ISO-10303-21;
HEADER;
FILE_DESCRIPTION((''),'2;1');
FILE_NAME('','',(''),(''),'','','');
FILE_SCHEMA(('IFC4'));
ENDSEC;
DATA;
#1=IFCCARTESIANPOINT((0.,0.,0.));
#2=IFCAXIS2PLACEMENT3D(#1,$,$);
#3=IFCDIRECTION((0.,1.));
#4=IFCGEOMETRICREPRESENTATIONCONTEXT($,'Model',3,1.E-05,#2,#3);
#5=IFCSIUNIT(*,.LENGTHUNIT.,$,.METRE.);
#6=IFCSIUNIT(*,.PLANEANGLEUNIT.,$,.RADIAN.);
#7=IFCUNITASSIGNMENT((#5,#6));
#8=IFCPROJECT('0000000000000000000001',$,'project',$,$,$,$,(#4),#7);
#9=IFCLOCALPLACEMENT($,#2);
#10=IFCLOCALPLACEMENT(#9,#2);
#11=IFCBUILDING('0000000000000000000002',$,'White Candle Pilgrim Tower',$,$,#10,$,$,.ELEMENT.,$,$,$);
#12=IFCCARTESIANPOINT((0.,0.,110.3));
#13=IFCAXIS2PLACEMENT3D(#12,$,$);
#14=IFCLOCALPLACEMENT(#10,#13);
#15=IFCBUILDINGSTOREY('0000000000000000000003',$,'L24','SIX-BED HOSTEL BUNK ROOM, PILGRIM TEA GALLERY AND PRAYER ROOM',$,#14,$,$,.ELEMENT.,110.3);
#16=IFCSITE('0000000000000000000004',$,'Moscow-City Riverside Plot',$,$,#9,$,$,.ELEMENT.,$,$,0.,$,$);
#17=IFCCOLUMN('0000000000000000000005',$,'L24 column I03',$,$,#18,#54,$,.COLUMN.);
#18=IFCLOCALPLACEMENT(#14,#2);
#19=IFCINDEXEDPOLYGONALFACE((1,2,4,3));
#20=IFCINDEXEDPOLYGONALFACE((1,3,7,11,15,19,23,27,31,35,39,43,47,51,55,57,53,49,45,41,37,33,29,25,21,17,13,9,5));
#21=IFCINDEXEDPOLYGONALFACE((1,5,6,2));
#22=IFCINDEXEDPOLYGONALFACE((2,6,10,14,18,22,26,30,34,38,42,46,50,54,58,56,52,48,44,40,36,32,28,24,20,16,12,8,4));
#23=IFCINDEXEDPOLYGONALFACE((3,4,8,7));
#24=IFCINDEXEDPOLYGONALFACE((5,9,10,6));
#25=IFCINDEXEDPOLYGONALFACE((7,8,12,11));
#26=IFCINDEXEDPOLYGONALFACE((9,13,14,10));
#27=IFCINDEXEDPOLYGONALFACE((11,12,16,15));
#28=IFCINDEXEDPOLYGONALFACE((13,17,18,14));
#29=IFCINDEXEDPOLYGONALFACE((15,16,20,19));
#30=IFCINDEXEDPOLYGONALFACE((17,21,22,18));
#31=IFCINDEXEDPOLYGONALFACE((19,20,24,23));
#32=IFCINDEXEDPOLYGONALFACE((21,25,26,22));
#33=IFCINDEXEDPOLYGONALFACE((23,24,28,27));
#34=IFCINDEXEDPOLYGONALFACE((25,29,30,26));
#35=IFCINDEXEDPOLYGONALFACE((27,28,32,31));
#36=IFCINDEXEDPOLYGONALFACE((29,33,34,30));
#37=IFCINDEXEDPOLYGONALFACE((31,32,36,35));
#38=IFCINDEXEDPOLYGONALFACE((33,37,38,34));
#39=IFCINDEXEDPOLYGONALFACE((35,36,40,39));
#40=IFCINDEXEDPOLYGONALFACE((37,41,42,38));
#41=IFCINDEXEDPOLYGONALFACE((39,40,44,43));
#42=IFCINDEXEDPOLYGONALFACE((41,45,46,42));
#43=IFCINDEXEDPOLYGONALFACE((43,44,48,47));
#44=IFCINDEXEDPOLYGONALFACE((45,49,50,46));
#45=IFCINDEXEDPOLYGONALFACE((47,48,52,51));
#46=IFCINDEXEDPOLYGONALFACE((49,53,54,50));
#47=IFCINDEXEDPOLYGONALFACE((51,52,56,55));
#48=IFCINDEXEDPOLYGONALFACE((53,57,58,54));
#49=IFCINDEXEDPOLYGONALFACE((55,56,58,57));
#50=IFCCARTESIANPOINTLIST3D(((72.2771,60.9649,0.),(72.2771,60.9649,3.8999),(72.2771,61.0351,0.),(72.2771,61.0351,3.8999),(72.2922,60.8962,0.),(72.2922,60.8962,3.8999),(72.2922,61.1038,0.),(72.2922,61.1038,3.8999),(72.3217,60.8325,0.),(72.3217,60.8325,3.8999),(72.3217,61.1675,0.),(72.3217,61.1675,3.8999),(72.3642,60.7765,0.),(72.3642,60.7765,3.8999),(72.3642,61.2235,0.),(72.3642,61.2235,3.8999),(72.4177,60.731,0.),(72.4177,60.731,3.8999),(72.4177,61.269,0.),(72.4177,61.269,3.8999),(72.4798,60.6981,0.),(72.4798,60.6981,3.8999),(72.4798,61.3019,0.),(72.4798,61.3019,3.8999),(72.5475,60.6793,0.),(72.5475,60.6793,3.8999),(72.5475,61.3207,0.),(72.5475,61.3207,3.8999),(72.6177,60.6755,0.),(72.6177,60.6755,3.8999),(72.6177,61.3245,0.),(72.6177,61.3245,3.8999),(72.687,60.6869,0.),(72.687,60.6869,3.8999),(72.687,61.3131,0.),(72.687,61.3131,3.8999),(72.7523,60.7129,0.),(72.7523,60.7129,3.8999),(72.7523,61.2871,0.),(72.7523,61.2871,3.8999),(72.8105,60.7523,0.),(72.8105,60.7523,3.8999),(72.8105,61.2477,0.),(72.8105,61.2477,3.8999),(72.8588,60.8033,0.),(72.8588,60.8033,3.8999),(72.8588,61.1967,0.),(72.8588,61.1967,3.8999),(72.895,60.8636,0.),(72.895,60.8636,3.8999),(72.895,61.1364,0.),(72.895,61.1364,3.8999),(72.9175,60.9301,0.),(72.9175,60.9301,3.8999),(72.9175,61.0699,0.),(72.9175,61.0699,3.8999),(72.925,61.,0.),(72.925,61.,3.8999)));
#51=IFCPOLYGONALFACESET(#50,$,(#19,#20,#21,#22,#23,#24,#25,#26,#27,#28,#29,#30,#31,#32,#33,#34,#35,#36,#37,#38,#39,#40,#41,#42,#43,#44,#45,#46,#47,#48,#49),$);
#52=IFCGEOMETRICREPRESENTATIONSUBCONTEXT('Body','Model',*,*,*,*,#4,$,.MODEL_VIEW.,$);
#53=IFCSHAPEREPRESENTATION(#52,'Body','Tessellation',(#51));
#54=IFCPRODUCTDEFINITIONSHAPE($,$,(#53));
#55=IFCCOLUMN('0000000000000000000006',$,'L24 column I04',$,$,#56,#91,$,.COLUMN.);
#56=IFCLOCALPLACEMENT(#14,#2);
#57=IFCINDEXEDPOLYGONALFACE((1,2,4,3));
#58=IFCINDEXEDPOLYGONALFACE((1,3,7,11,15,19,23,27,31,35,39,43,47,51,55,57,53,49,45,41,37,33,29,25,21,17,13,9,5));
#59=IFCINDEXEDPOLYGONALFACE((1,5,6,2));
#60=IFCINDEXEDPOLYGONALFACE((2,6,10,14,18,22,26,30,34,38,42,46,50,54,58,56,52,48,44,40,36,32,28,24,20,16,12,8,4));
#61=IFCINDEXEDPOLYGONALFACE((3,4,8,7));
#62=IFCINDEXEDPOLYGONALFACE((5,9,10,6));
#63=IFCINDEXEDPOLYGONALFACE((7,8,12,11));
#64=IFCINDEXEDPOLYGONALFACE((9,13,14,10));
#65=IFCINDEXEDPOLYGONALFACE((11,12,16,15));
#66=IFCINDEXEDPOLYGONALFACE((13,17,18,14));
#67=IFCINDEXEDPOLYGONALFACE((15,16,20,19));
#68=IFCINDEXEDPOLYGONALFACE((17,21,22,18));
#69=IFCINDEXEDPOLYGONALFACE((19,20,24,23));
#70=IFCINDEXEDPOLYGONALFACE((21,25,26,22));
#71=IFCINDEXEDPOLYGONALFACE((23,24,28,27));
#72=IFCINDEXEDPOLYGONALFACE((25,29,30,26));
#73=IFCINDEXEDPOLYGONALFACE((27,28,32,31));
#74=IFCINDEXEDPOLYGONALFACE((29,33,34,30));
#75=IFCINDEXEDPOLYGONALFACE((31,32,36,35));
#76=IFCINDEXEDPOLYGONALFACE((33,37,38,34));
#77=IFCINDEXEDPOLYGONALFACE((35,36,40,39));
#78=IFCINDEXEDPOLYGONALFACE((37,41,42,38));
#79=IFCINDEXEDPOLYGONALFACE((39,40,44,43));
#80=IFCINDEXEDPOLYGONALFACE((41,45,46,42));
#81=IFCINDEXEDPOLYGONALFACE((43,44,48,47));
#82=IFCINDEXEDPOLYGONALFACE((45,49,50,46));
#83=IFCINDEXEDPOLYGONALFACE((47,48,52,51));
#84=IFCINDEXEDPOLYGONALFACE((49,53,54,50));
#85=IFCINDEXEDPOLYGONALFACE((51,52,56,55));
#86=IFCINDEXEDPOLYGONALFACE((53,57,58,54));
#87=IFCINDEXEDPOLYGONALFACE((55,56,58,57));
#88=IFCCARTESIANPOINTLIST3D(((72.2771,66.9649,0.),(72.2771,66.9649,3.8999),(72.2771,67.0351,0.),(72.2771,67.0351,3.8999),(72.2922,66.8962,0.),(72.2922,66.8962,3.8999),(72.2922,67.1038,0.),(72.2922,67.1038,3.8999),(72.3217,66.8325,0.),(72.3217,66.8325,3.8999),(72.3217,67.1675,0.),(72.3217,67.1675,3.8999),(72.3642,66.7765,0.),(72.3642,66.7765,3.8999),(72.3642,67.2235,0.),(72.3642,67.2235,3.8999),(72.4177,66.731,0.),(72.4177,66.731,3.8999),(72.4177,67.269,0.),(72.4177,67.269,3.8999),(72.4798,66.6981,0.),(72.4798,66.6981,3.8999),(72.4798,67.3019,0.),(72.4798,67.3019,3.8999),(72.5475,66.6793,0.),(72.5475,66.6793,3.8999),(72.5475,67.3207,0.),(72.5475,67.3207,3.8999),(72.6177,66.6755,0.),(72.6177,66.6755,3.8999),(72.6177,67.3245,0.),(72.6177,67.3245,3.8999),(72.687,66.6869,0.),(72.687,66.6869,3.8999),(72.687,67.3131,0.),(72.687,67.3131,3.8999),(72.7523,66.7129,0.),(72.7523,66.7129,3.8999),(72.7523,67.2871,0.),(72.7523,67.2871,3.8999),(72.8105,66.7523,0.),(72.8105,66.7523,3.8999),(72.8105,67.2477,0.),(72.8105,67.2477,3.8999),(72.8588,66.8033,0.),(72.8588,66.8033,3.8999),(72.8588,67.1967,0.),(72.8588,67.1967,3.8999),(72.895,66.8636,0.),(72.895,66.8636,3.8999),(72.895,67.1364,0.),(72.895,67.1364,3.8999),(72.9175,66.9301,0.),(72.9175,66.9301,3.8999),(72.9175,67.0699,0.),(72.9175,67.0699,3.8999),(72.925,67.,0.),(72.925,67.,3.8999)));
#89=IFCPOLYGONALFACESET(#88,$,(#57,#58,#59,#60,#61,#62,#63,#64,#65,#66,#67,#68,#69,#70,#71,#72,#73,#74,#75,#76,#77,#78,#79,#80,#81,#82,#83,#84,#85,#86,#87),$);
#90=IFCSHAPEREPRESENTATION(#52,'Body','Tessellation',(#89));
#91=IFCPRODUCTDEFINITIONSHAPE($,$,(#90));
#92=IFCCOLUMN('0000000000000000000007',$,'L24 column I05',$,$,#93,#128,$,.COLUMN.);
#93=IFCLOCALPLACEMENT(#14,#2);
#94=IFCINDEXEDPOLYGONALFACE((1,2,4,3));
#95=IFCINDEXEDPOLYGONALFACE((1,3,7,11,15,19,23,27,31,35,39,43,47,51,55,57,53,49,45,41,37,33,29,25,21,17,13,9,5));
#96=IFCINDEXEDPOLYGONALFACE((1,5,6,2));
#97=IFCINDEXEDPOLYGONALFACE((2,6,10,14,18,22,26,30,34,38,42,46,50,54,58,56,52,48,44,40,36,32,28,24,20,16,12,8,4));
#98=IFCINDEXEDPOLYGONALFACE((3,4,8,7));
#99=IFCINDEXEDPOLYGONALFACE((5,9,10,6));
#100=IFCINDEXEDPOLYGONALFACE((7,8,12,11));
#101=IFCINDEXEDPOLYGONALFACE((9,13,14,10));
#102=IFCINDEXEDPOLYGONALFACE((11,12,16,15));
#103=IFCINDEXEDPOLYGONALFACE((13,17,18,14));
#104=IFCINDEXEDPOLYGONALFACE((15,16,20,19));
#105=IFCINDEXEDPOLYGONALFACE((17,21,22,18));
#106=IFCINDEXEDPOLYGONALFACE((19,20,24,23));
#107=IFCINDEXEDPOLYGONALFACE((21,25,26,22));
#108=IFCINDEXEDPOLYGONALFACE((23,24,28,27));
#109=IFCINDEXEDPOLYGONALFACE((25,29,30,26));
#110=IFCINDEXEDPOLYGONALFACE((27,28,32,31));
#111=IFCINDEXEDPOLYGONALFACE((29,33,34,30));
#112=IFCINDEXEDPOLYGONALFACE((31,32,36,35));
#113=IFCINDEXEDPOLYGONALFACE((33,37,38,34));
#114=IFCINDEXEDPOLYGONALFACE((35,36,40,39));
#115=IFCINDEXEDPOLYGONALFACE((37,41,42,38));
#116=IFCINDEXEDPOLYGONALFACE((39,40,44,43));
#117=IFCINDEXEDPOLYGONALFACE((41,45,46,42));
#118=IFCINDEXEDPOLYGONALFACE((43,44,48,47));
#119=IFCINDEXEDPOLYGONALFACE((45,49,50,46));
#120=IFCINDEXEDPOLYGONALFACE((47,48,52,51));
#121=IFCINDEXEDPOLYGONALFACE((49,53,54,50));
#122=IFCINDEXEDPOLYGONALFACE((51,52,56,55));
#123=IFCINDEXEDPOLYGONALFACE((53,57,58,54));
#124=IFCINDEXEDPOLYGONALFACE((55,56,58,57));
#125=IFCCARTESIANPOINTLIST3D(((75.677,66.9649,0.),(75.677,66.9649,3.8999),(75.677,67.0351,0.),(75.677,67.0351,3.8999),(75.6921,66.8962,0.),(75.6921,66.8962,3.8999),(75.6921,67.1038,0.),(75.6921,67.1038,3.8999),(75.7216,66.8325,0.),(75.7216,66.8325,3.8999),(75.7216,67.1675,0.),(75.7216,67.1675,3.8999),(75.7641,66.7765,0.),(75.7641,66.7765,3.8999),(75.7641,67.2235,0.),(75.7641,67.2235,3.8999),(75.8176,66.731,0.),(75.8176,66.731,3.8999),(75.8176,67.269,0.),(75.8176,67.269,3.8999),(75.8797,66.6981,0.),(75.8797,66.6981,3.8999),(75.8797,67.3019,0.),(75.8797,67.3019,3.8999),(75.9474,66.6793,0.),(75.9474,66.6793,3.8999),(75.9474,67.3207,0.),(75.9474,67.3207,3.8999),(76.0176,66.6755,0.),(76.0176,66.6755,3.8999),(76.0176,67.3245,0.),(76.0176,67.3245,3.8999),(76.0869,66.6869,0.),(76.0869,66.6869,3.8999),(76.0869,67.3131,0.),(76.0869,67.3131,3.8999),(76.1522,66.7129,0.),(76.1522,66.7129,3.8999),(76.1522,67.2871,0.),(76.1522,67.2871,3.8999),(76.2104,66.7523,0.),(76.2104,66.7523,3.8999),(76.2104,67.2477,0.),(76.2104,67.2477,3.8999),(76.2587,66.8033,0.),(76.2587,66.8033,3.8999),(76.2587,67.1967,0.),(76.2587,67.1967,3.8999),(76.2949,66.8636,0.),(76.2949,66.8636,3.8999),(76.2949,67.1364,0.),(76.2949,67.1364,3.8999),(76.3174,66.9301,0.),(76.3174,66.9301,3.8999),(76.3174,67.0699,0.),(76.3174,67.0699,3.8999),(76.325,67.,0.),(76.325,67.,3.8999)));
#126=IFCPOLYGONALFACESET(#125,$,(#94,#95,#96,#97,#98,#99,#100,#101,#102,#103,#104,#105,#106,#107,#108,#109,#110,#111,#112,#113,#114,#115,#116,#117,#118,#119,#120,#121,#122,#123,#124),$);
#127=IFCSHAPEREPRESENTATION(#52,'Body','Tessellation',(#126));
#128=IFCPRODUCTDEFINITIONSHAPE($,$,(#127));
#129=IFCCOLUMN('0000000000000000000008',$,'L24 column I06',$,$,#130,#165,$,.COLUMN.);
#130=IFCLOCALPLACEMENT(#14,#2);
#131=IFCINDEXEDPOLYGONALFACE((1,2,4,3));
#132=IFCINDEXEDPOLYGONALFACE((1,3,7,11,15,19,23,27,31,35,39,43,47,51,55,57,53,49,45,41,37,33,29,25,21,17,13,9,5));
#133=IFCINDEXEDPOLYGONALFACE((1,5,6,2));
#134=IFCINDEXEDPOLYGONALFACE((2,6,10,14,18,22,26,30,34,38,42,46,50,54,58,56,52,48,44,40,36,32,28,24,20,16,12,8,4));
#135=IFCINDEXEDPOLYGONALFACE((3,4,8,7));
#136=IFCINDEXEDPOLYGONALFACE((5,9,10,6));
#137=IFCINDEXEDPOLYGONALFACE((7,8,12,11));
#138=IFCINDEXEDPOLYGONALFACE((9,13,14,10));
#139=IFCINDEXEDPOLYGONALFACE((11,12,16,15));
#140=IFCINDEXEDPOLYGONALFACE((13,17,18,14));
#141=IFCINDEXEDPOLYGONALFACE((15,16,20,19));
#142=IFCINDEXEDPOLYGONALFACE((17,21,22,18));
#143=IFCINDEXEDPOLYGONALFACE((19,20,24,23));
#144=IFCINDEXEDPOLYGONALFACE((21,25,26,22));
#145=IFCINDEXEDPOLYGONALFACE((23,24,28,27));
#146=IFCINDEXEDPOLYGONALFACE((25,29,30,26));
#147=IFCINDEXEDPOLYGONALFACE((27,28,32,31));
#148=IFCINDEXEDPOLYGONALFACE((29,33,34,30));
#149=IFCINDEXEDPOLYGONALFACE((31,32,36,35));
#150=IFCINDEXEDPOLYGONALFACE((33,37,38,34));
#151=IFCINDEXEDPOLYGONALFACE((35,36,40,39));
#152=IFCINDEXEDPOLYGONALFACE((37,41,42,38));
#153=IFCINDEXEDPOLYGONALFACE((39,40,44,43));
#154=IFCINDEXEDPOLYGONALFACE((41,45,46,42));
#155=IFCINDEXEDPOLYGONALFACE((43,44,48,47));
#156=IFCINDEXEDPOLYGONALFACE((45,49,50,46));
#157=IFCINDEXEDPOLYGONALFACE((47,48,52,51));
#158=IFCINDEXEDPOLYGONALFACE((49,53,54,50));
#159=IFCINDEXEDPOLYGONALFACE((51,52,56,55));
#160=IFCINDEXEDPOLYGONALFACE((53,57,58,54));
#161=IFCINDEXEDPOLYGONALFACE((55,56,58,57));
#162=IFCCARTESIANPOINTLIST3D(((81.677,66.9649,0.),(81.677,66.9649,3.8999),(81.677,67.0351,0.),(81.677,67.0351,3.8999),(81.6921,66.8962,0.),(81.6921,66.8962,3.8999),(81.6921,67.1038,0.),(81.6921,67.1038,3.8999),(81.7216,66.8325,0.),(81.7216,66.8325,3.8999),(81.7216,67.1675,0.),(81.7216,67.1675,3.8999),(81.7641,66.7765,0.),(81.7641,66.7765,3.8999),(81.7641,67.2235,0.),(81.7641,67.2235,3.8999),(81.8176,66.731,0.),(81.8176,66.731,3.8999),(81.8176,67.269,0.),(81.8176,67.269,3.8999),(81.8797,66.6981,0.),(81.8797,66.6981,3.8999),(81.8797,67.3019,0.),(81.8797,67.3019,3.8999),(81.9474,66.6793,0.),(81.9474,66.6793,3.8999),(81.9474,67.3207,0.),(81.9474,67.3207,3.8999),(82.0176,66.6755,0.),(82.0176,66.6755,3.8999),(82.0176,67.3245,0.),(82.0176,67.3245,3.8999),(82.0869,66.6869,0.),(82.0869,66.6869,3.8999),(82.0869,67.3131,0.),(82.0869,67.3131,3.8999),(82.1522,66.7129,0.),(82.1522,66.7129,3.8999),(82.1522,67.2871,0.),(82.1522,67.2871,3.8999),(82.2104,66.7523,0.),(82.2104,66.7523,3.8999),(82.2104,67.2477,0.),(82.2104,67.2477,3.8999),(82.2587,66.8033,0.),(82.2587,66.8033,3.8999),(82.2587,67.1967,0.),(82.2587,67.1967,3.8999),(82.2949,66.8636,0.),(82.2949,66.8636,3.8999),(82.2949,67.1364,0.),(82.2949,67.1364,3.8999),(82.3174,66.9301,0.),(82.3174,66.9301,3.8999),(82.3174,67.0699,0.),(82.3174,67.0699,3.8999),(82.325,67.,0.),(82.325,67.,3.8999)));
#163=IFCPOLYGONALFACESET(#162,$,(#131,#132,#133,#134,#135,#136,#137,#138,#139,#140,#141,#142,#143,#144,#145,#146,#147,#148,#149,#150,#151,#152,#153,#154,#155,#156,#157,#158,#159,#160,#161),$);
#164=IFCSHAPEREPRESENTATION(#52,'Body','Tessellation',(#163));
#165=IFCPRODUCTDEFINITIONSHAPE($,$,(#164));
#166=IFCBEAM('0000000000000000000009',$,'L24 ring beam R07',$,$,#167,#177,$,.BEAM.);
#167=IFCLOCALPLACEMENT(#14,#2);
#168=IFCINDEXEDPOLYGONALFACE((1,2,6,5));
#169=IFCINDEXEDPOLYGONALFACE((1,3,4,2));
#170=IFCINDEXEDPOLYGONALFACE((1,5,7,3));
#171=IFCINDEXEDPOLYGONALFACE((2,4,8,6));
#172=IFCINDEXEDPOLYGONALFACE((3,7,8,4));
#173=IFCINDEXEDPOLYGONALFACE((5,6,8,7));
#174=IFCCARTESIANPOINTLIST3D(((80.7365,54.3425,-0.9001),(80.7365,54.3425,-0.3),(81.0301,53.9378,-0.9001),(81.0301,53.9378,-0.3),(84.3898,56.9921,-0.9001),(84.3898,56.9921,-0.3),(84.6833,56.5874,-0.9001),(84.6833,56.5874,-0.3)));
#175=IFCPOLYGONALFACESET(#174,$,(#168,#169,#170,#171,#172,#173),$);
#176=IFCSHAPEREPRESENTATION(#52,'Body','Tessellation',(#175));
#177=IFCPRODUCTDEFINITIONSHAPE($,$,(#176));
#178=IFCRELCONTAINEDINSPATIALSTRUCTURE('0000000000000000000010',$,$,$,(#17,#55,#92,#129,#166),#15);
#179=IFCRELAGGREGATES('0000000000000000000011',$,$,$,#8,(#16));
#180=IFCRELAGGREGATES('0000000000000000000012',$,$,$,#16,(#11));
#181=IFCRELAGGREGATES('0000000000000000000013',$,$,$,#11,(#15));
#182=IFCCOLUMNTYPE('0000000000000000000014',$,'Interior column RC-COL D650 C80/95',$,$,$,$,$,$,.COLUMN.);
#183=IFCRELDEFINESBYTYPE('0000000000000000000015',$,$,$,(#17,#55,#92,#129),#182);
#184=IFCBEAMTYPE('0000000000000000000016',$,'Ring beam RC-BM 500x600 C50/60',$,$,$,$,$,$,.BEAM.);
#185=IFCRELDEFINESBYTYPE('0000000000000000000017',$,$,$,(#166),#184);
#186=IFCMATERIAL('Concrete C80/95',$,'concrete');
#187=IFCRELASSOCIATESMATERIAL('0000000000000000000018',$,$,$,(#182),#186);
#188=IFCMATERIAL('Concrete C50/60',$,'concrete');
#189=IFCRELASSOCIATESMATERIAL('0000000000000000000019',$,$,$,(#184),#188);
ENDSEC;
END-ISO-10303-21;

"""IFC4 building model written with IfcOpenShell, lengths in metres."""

from ifc_helpers import new_model, si_unit, direction, frame, origin, origin_2d, place, context, subcontext, project, spatial, rectangle, circle, extrude, material, material_profile, profile_set, type_object, element, save


model = new_model("IFC4")

# Units and contexts
model_context = context("Model", 3, precision=1e-05, world=origin(), true_north=direction((0.0, 1.0)))
body_context = subcontext(model_context, "Body", "Model", "MODEL_VIEW")
ifc_project = project(units=[si_unit("LENGTHUNIT", "METRE"), si_unit("PLANEANGLEUNIT", "RADIAN")], contexts=[model_context])

# Site, building, storey
site_placement = place(None, origin())
site = spatial("IfcSite", under=ifc_project, at=site_placement, Name="Moscow-City Riverside Plot", CompositionType="ELEMENT", RefElevation=0.0)
building_placement = place(site_placement, origin())
building = spatial("IfcBuilding", under=site, at=building_placement, Name="White Candle Pilgrim Tower", CompositionType="ELEMENT")
storey_placement = place(building_placement, frame((0.0, 0.0, 110.3)))
storey = spatial("IfcBuildingStorey", under=building, at=storey_placement, Name="L24", Description="SIX-BED HOSTEL BUNK ROOM, PILGRIM TEA GALLERY AND PRAYER ROOM", CompositionType="ELEMENT", Elevation=110.3)

# Columns
ifc_material_1 = material(Name="Concrete C80/95", Category="concrete")
ifc_material_profile_1 = material_profile(ifc_material_1, circle(Radius=0.325, at=origin_2d()), Name="RC-COL D650")
ifc_profile_set_1 = profile_set([ifc_material_profile_1], Name="Concrete C80/95")
column_type = type_object("IfcColumnType", Name="Interior column RC-COL D650 C80/95", PredefinedType="COLUMN", material=ifc_profile_set_1)
for number, where, z_axis, x_axis, name in (
    (1, (72.6001, 61.0, 0.0), (0.0, 0.0, 1.0), (1.0, 0.0, 0.0), "L24 column I03"),
    (2, (72.6001, 67.0, 0.0), (0.0, 0.0, 1.0), (1.0, 0.0, 0.0), "L24 column I04"),
    (3, (76.0, 67.0, 0.0), (0.0, 0.0, 1.0), (1.0, 0.0, 0.0), "L24 column I05"),
    (4, (82.0, 67.0, 0.0), (0.0, 0.0, 1.0), (1.0, 0.0, 0.0), "L24 column I06"),
):
    element("IfcColumn", number, at=place(storey_placement, frame(where, z_axis=z_axis, x_axis=x_axis)), inside=storey, type_object=column_type, Name=name, PredefinedType="COLUMN", context=body_context, shape_type="SweptSolid", body=[
        extrude(circle(Radius=0.325, at=origin_2d()), origin(), (0.0, 0.0, 1.0), 3.8999),
    ])

# Beam
ifc_material_2 = material(Name="Concrete C50/60", Category="concrete")
ifc_material_profile_2 = material_profile(ifc_material_2, rectangle(XDim=0.5, YDim=0.6001, at=origin_2d()), Name="RC-BM 500x600")
ifc_profile_set_2 = profile_set([ifc_material_profile_2], Name="Concrete C50/60")
beam_type = type_object("IfcBeamType", Name="Ring beam RC-BM 500x600 C50/60", PredefinedType="BEAM", material=ifc_profile_set_2)
beam_placement = place(storey_placement, frame((80.8833, 54.1401, -0.6001), z_axis=(0.809505, 0.587113, 0.0), x_axis=(-0.587113, 0.809505, 0.0)))
element("IfcBeam", 5, at=beam_placement, inside=storey, type_object=beam_type, Name="L24 ring beam R07", PredefinedType="BEAM", context=body_context, shape_type="SweptSolid", body=[
    extrude(rectangle(XDim=0.5, YDim=0.6001, at=origin_2d()), origin(), (0.0, 0.0, 1.0), 4.5129),
])

save(model, "model.ifc")
